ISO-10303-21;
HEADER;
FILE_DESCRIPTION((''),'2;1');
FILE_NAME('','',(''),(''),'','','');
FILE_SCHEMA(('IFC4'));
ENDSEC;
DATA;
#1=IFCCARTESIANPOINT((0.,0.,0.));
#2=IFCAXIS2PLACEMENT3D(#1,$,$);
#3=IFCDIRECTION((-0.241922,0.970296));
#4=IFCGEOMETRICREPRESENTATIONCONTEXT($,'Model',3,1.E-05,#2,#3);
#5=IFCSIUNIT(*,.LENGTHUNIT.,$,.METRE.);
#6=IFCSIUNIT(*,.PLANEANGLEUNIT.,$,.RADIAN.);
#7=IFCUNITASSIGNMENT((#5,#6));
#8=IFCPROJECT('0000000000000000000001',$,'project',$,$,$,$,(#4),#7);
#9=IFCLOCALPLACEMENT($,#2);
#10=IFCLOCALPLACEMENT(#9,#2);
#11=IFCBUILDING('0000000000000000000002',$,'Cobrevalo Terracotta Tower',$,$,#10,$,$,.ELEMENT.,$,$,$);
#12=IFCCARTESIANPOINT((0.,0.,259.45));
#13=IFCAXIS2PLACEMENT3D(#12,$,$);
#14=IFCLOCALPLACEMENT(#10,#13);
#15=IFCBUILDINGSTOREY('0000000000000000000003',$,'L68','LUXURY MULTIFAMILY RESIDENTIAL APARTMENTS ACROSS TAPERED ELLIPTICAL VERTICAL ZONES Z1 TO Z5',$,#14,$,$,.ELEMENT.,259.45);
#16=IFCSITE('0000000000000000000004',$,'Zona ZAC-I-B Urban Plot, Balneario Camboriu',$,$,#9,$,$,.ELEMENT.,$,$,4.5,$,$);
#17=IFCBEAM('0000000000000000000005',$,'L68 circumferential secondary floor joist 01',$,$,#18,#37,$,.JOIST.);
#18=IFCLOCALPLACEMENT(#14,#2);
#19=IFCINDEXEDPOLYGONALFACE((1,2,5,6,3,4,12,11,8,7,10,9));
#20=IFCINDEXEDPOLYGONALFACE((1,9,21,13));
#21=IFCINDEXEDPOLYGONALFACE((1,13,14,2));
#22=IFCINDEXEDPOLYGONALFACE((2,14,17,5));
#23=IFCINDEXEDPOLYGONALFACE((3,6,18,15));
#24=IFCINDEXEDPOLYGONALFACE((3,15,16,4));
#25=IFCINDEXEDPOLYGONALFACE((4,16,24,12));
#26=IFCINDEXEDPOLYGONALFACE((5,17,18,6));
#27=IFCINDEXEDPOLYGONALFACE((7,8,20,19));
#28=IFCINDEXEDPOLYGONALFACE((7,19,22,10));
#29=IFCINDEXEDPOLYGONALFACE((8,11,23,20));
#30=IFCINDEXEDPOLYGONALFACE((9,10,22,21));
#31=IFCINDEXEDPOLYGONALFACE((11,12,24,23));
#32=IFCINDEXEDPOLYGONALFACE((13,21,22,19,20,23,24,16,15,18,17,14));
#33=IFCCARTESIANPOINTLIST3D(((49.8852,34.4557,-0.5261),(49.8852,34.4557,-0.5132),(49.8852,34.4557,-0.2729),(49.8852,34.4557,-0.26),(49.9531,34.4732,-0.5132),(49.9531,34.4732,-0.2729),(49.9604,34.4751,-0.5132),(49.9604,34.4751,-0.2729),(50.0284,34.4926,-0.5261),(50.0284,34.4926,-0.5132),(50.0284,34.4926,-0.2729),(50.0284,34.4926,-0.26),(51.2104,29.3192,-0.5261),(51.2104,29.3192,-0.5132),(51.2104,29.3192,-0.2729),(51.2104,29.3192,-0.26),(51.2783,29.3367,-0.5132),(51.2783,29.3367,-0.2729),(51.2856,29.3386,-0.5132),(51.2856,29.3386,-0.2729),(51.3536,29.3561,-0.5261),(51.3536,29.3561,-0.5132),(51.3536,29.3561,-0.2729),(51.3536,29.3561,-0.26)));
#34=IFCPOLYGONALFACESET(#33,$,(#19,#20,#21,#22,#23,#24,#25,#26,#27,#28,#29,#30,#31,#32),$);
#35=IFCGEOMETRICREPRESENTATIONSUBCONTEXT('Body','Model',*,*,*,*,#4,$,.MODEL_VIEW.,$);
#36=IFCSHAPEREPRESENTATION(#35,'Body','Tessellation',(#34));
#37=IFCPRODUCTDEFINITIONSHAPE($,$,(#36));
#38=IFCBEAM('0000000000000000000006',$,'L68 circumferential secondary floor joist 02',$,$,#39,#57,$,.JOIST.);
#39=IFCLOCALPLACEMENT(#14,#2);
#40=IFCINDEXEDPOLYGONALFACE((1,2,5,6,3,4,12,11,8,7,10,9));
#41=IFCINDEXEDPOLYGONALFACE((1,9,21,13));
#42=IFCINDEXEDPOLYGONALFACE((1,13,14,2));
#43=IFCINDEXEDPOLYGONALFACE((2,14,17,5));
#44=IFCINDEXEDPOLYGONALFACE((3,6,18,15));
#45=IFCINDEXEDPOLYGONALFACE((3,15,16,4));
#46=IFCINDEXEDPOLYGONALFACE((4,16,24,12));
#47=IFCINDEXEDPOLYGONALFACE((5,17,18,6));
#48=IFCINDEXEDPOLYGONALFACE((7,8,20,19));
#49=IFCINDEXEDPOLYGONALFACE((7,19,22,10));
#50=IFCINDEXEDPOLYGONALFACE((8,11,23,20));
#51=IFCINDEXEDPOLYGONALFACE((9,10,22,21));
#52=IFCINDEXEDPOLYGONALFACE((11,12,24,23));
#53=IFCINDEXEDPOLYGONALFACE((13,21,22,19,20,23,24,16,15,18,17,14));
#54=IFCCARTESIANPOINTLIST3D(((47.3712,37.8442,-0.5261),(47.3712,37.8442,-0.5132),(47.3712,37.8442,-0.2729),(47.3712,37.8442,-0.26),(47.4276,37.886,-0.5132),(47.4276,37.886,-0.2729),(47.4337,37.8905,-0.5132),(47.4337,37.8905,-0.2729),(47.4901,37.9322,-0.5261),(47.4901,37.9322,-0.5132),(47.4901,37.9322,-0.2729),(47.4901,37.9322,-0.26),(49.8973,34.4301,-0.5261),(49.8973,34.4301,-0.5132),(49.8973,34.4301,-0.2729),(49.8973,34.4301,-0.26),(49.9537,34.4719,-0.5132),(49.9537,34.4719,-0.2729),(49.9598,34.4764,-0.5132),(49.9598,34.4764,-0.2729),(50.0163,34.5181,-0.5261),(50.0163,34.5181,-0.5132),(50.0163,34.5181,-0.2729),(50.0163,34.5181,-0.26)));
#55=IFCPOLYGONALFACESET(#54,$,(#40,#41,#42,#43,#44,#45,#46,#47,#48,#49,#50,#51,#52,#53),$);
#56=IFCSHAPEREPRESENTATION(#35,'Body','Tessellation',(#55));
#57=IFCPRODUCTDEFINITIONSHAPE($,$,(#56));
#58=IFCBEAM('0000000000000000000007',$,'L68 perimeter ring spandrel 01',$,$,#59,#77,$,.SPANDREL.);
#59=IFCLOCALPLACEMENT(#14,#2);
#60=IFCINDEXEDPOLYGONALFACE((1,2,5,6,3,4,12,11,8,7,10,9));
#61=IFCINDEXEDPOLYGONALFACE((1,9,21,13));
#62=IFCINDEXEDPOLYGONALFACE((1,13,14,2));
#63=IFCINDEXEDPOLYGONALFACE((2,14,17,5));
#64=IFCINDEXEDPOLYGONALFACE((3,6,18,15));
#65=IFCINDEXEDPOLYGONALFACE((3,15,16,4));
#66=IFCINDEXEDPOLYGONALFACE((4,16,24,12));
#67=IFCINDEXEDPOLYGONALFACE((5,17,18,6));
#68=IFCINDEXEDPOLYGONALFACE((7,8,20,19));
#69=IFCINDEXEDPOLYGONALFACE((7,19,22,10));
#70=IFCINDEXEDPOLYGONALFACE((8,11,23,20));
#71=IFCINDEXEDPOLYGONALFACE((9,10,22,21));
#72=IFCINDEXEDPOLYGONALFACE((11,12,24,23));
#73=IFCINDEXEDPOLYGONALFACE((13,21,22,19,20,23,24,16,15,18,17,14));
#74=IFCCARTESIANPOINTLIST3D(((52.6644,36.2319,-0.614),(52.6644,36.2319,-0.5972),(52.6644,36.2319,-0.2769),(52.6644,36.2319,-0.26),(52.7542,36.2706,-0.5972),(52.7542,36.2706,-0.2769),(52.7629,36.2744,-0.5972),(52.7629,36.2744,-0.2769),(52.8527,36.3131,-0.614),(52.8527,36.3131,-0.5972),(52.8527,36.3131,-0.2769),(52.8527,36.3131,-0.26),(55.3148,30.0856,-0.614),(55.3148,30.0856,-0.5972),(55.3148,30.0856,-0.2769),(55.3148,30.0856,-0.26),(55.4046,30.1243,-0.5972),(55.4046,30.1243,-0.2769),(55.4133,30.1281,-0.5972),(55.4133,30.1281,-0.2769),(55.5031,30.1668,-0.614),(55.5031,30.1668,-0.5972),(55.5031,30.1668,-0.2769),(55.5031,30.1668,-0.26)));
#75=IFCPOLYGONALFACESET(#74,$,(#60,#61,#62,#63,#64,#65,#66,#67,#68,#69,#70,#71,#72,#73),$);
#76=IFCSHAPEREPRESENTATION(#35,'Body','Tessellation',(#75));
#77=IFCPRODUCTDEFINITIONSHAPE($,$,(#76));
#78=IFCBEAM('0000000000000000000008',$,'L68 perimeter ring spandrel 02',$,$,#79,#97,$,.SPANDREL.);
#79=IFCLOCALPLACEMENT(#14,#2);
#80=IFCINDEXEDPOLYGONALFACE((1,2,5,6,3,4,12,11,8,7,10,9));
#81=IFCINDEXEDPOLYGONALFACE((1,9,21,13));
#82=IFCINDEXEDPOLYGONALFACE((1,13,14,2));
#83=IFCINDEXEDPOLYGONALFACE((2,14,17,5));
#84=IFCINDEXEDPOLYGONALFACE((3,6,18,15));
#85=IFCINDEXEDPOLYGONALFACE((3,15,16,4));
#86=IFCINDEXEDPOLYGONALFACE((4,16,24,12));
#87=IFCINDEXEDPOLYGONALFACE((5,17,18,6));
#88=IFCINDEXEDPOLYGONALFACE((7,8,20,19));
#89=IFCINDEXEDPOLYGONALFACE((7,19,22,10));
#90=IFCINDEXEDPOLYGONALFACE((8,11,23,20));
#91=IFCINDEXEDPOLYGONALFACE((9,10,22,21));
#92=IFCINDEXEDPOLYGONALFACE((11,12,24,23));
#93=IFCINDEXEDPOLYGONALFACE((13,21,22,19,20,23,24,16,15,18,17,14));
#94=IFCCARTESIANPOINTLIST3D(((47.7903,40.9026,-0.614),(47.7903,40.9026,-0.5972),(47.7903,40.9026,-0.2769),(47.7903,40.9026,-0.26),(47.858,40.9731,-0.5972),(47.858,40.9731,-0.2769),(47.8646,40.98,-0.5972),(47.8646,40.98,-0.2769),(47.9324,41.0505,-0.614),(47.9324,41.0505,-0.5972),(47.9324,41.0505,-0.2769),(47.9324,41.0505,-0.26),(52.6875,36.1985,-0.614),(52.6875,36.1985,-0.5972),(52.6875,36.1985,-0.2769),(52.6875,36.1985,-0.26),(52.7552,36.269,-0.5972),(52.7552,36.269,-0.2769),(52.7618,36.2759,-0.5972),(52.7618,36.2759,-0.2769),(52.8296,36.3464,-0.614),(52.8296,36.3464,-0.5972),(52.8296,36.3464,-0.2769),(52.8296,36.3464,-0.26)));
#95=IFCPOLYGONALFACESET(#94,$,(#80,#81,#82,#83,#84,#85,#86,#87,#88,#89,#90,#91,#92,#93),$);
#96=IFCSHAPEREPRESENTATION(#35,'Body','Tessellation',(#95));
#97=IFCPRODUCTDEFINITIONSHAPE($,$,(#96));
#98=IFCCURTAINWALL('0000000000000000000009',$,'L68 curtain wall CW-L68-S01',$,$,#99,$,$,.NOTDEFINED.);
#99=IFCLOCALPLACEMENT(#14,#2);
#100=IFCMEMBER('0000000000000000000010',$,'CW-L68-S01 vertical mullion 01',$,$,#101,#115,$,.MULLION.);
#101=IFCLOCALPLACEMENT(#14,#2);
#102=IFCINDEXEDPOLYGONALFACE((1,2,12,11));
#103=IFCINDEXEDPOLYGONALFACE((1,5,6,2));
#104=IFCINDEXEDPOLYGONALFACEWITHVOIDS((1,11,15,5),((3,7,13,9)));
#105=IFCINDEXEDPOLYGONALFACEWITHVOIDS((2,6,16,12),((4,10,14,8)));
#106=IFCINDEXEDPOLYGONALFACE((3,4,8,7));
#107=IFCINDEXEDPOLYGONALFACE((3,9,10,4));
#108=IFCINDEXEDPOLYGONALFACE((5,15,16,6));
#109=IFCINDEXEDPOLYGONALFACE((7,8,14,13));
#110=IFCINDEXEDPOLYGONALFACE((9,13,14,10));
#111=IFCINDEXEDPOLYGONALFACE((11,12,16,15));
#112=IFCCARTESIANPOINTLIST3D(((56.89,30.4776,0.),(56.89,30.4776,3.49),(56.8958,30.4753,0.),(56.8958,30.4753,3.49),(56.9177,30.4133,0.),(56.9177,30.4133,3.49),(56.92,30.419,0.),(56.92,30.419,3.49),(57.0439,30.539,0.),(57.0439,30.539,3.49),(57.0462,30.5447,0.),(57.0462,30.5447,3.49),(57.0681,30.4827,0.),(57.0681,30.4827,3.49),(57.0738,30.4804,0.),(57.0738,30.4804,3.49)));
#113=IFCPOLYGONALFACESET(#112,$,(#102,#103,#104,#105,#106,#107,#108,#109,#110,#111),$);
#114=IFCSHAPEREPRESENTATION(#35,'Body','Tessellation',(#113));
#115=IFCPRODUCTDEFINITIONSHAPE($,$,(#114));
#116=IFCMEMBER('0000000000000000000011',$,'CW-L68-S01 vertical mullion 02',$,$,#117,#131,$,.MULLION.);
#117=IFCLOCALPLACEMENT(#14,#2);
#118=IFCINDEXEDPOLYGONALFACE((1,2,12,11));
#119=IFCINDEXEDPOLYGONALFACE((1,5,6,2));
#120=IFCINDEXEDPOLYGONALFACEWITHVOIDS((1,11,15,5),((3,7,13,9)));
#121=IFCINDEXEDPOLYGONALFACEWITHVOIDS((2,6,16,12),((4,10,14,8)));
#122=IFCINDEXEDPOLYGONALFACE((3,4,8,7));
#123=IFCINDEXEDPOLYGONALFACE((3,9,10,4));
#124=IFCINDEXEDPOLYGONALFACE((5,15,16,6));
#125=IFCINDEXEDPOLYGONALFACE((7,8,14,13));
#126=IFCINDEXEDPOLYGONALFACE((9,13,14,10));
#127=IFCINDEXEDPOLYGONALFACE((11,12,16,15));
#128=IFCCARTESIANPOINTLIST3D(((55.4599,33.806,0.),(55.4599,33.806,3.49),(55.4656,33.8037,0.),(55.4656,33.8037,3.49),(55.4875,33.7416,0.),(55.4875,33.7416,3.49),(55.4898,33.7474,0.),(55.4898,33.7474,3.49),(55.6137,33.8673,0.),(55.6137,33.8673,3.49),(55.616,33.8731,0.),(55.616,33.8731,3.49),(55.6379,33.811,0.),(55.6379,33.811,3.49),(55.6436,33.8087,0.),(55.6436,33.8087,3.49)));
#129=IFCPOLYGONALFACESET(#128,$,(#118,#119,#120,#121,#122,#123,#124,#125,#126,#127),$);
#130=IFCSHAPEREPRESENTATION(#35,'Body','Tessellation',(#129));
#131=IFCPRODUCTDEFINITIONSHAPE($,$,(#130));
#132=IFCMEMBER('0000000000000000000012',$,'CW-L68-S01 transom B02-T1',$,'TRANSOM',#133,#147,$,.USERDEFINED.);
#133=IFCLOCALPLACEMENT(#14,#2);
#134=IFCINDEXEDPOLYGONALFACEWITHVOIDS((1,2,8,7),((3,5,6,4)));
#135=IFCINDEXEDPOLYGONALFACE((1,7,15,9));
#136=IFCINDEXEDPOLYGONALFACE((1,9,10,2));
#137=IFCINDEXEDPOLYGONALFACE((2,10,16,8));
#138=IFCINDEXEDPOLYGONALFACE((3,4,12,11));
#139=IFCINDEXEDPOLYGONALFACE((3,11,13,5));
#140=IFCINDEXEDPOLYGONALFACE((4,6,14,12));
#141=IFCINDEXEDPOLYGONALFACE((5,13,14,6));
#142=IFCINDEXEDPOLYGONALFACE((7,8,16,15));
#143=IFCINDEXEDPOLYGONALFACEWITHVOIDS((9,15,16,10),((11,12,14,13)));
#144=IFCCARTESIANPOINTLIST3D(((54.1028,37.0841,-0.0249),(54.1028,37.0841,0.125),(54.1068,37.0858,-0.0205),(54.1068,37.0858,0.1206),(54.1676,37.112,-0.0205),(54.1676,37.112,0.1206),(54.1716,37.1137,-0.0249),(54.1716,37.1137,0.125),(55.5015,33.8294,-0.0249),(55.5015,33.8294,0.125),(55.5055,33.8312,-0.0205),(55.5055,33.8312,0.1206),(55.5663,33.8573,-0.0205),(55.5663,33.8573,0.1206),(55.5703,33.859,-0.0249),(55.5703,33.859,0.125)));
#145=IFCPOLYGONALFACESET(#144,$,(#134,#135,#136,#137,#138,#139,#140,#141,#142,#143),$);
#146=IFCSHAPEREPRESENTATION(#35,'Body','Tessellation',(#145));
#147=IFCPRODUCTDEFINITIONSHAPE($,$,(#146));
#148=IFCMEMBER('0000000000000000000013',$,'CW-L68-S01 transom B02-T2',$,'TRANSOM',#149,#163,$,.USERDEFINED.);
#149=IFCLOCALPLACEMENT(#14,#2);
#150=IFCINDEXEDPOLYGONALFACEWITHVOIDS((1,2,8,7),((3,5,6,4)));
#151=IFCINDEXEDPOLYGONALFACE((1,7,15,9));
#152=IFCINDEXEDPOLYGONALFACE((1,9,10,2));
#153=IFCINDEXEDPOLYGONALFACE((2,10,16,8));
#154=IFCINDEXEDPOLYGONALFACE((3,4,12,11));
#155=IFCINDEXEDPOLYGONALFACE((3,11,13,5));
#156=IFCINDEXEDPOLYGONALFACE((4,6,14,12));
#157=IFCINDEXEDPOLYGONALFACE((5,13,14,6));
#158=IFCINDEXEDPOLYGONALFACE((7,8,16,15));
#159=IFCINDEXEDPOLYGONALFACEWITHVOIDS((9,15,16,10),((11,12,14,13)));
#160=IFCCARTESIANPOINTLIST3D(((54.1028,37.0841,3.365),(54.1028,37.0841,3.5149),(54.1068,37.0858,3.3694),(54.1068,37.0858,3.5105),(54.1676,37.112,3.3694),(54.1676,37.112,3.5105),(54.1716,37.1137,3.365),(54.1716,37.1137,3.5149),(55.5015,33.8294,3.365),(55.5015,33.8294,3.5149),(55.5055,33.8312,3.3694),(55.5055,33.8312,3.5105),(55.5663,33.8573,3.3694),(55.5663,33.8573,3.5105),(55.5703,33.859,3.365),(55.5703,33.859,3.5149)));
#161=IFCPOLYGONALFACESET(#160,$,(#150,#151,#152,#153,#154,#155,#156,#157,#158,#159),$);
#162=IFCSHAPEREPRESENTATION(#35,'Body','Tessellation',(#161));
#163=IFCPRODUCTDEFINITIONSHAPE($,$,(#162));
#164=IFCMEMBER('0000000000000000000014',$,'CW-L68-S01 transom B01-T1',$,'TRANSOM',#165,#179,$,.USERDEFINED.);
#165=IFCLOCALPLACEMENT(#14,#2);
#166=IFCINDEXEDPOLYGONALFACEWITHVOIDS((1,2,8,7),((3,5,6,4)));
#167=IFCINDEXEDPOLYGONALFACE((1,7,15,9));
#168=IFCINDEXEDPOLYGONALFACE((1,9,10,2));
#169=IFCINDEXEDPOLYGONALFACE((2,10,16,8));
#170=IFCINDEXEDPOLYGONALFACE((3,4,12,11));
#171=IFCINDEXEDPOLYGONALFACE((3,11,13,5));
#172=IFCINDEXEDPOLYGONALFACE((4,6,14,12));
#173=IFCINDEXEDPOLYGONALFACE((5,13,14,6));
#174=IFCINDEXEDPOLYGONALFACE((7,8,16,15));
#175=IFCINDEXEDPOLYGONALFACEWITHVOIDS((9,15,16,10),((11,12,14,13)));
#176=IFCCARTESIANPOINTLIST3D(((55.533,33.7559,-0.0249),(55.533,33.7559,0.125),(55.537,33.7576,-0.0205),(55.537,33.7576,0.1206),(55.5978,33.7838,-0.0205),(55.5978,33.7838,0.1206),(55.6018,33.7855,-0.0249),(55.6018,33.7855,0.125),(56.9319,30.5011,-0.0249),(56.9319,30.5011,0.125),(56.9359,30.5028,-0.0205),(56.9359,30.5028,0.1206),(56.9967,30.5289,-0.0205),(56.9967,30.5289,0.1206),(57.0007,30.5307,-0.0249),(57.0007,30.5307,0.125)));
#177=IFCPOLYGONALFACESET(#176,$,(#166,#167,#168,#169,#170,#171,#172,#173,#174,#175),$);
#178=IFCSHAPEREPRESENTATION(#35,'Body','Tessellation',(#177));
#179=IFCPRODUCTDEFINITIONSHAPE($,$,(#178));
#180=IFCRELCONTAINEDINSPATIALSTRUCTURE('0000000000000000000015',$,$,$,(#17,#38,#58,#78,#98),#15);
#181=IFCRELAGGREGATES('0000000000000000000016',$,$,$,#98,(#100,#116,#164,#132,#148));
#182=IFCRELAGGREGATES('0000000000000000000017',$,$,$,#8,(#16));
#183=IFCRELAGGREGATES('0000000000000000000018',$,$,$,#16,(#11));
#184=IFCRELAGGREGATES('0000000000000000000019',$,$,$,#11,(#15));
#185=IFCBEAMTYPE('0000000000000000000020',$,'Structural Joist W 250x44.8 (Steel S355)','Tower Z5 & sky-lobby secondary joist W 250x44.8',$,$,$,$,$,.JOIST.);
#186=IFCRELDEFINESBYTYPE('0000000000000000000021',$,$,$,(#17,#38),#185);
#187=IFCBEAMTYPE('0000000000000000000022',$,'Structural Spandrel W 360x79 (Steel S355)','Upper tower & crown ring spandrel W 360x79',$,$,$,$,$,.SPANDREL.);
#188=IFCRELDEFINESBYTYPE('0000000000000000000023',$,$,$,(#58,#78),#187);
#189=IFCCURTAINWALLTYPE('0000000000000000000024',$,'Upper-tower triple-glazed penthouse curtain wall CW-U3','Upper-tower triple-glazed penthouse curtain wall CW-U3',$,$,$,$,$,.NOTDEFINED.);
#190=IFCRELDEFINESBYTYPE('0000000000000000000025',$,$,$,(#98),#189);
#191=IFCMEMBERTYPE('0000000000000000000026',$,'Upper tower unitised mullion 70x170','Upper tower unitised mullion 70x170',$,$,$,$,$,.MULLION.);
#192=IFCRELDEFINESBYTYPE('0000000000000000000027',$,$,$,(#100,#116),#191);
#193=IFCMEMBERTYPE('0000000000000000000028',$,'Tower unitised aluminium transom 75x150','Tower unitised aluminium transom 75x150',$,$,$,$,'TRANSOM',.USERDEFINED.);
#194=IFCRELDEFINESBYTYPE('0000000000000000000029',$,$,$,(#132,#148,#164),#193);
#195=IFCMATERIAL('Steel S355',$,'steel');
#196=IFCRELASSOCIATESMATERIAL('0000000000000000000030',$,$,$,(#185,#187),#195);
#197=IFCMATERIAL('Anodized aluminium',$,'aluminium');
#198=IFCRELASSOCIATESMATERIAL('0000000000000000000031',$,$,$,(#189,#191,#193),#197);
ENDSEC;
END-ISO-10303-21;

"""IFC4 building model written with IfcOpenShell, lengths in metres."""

from ifc_helpers import new_model, si_unit, direction, frame, origin, origin_2d, place, context, subcontext, project, spatial, hollow_rectangle, i_section, extrude, source, transform, mapped, material, material_profile, profile_set, type_object, element, aggregate, save


model = new_model("IFC4")

# Units and contexts
model_context = context("Model", 3, precision=1e-05, world=origin(), true_north=direction((-0.241922, 0.970296)))
body_context = subcontext(model_context, "Body", "Model", "MODEL_VIEW")
ifc_project = project(units=[si_unit("LENGTHUNIT", "METRE"), si_unit("PLANEANGLEUNIT", "RADIAN")], contexts=[model_context])

# Site, building, storey
site_placement = place(None, origin())
site = spatial("IfcSite", under=ifc_project, at=site_placement, Name="Zona ZAC-I-B Urban Plot, Balneario Camboriu", CompositionType="ELEMENT", RefElevation=4.5)
building_placement = place(site_placement, origin())
building = spatial("IfcBuilding", under=site, at=building_placement, Name="Cobrevalo Terracotta Tower", CompositionType="ELEMENT")
storey_placement = place(building_placement, frame((0.0, 0.0, 259.45)))
storey = spatial("IfcBuildingStorey", under=building, at=storey_placement, Name="L68", Description="LUXURY MULTIFAMILY RESIDENTIAL APARTMENTS ACROSS TAPERED ELLIPTICAL VERTICAL ZONES Z1 TO Z5", CompositionType="ELEMENT", Elevation=259.45)

# Shared definitions
ifc_material_1 = material(Name="Steel S355", Category="steel")

# Beams
ifc_material_profile_1 = material_profile(ifc_material_1, i_section(OverallWidth=0.1479, OverallDepth=0.2661, WebThickness=0.0076, FlangeThickness=0.0129, at=origin_2d()), Name="W 250x44.8")
ifc_profile_set_1 = profile_set([ifc_material_profile_1], Name="Steel S355")
beam_type_1 = type_object("IfcBeamType", Name="Structural Joist W 250x44.8 (Steel S355)", Description="Tower Z5 & sky-lobby secondary joist W 250x44.8", PredefinedType="JOIST", material=ifc_profile_set_1)
beam_1_placement = place(storey_placement, frame((51.282, 29.3376, -0.3931), z_axis=(-0.249817, 0.968293, 0.0), x_axis=(-0.968293, -0.249817, 0.0)))
element("IfcBeam", 1, at=beam_1_placement, inside=storey, type_object=beam_type_1, Name="L68 circumferential secondary floor joist 01", PredefinedType="JOIST", context=body_context, shape_type="SweptSolid", body=[
    extrude(i_section(OverallWidth=0.1479, OverallDepth=0.2661, WebThickness=0.0076, FlangeThickness=0.0129, at=origin_2d()), origin(), (0.0, 0.0, 1.0), 5.3047),
])
beam_2_placement = place(storey_placement, frame((49.9568, 34.4741, -0.3931), z_axis=(-0.5948, 0.803874, 0.0), x_axis=(-0.803874, -0.5948, 0.0)))
element("IfcBeam", 2, at=beam_2_placement, inside=storey, type_object=beam_type_1, Name="L68 circumferential secondary floor joist 02", PredefinedType="JOIST", context=body_context, shape_type="SweptSolid", body=[
    extrude(i_section(OverallWidth=0.1479, OverallDepth=0.2661, WebThickness=0.0076, FlangeThickness=0.0129, at=origin_2d()), origin(), (0.0, 0.0, 1.0), 4.2471),
])
ifc_material_profile_2 = material_profile(ifc_material_1, i_section(OverallWidth=0.2051, OverallDepth=0.354, WebThickness=0.0095, FlangeThickness=0.0168, at=origin_2d()), Name="W 360x79")
ifc_profile_set_2 = profile_set([ifc_material_profile_2], Name="Steel S355")
beam_type_2 = type_object("IfcBeamType", Name="Structural Spandrel W 360x79 (Steel S355)", Description="Upper tower & crown ring spandrel W 360x79", PredefinedType="SPANDREL", material=ifc_profile_set_2)
beam_3_placement = place(storey_placement, frame((55.4089, 30.1262, -0.437), z_axis=(-0.395974, 0.918262, 0.0), x_axis=(-0.918262, -0.395974, 0.0)))
element("IfcBeam", 3, at=beam_3_placement, inside=storey, type_object=beam_type_2, Name="L68 perimeter ring spandrel 01", PredefinedType="SPANDREL", context=body_context, shape_type="SweptSolid", body=[
    extrude(i_section(OverallWidth=0.2051, OverallDepth=0.354, WebThickness=0.0095, FlangeThickness=0.0168, at=origin_2d()), origin(), (0.0, 0.0, 1.0), 6.6934),
])
beam_4_placement = place(storey_placement, frame((52.7585, 36.2725, -0.437), z_axis=(-0.721183, 0.692744, 0.0), x_axis=(-0.692744, -0.721183, 0.0)))
element("IfcBeam", 4, at=beam_4_placement, inside=storey, type_object=beam_type_2, Name="L68 perimeter ring spandrel 02", PredefinedType="SPANDREL", context=body_context, shape_type="SweptSolid", body=[
    extrude(i_section(OverallWidth=0.2051, OverallDepth=0.354, WebThickness=0.0095, FlangeThickness=0.0168, at=origin_2d()), origin(), (0.0, 0.0, 1.0), 6.7905),
])

# Curtain wall, members
ifc_material_2 = material(Name="Anodized aluminium", Category="aluminium")
curtain_wall_type = type_object("IfcCurtainWallType", Name="Upper-tower triple-glazed penthouse curtain wall CW-U3", Description="Upper-tower triple-glazed penthouse curtain wall CW-U3", PredefinedType="NOTDEFINED", material=ifc_material_2)
curtain_wall_placement = place(storey_placement, origin())
curtain_wall = element("IfcCurtainWall", 5, at=curtain_wall_placement, inside=storey, type_object=curtain_wall_type, Name="L68 curtain wall CW-L68-S01", PredefinedType="NOTDEFINED")
ifc_material_profile_3 = material_profile(ifc_material_2, hollow_rectangle(XDim=0.0701, YDim=0.1699, WallThickness=0.0044, at=origin_2d()), Name="CWM 70x170")
ifc_profile_set_3 = profile_set([ifc_material_profile_3], Name="Anodized aluminium")
member_type_1 = type_object("IfcMemberType", Name="Upper tower unitised mullion 70x170", Description="Upper tower unitised mullion 70x170", PredefinedType="MULLION", material=ifc_profile_set_3)
shared_shape_1 = source(origin(), body_context, "Body", "SweptSolid", [
    extrude(hollow_rectangle(XDim=0.0701, YDim=0.1699, WallThickness=0.0044, at=origin_2d()), origin(), (0.0, 0.0, 1.0), 3.49),
])
member_1_placement = place(storey_placement, frame((56.9819, 30.479, 0.0), z_axis=(0.0, 0.0, 1.0), x_axis=(-0.394824, 0.918757, 0.0)))
member_1 = element("IfcMember", 6, at=member_1_placement, type_object=member_type_1, Name="CW-L68-S01 vertical mullion 01", PredefinedType="MULLION", context=body_context, shape_type="MappedRepresentation", body=[
    mapped(shared_shape_1, transform((0.0, 0.0, 0.0), scale=1.0)),
])
member_2_placement = place(storey_placement, frame((55.5518, 33.8074, 0.0), z_axis=(0.0, 0.0, 1.0), x_axis=(-0.394824, 0.918757, 0.0)))
member_2 = element("IfcMember", 7, at=member_2_placement, type_object=member_type_1, Name="CW-L68-S01 vertical mullion 02", PredefinedType="MULLION", context=body_context, shape_type="MappedRepresentation", body=[
    mapped(shared_shape_1, transform((0.0, 0.0, 0.0), scale=1.0)),
])
ifc_material_profile_4 = material_profile(ifc_material_2, hollow_rectangle(XDim=0.075, YDim=0.1499, WallThickness=0.0044, at=origin_2d()), Name="CWT 75x150")
ifc_profile_set_4 = profile_set([ifc_material_profile_4], Name="Anodized aluminium")
member_type_2 = type_object("IfcMemberType", Name="Tower unitised aluminium transom 75x150", Description="Tower unitised aluminium transom 75x150", ElementType="TRANSOM", PredefinedType="USERDEFINED", material=ifc_profile_set_4)
shared_shape_2 = source(origin(), body_context, "Body", "SweptSolid", [
    extrude(hollow_rectangle(XDim=0.075, YDim=0.1499, WallThickness=0.0044, at=origin_2d()), origin(), (0.0, 0.0, 1.0), 3.5425),
])
member_3_placement = place(storey_placement, frame((55.5359, 33.8442, 0.05), z_axis=(-0.394834, 0.918752, 0.0), x_axis=(-0.918752, -0.394834, 0.0)))
member_3 = element("IfcMember", 8, at=member_3_placement, type_object=member_type_2, Name="CW-L68-S01 transom B02-T1", ObjectType="TRANSOM", PredefinedType="USERDEFINED", context=body_context, shape_type="MappedRepresentation", body=[
    mapped(shared_shape_2, transform((0.0, 0.0, 0.0), scale=1.0)),
])
member_4_placement = place(storey_placement, frame((55.5359, 33.8442, 3.4399), z_axis=(-0.394834, 0.918752, 0.0), x_axis=(-0.918752, -0.394834, 0.0)))
member_4 = element("IfcMember", 9, at=member_4_placement, type_object=member_type_2, Name="CW-L68-S01 transom B02-T2", ObjectType="TRANSOM", PredefinedType="USERDEFINED", context=body_context, shape_type="MappedRepresentation", body=[
    mapped(shared_shape_2, transform((0.0, 0.0, 0.0), scale=1.0)),
])
shared_shape_3 = source(origin(), body_context, "Body", "SweptSolid", [
    extrude(hollow_rectangle(XDim=0.075, YDim=0.1499, WallThickness=0.0044, at=origin_2d()), origin(), (0.0, 0.0, 1.0), 3.5427),
])
member_5_placement = place(storey_placement, frame((56.9663, 30.5159, 0.05), z_axis=(-0.394867, 0.918738, 0.0), x_axis=(-0.918738, -0.394867, 0.0)))
member_5 = element("IfcMember", 10, at=member_5_placement, type_object=member_type_2, Name="CW-L68-S01 transom B01-T1", ObjectType="TRANSOM", PredefinedType="USERDEFINED", context=body_context, shape_type="MappedRepresentation", body=[
    mapped(shared_shape_3, transform((0.0, 0.0, 0.0), scale=1.0)),
])
aggregate(curtain_wall, [member_1, member_2, member_5, member_3, member_4])

save(model, "model.ifc")
